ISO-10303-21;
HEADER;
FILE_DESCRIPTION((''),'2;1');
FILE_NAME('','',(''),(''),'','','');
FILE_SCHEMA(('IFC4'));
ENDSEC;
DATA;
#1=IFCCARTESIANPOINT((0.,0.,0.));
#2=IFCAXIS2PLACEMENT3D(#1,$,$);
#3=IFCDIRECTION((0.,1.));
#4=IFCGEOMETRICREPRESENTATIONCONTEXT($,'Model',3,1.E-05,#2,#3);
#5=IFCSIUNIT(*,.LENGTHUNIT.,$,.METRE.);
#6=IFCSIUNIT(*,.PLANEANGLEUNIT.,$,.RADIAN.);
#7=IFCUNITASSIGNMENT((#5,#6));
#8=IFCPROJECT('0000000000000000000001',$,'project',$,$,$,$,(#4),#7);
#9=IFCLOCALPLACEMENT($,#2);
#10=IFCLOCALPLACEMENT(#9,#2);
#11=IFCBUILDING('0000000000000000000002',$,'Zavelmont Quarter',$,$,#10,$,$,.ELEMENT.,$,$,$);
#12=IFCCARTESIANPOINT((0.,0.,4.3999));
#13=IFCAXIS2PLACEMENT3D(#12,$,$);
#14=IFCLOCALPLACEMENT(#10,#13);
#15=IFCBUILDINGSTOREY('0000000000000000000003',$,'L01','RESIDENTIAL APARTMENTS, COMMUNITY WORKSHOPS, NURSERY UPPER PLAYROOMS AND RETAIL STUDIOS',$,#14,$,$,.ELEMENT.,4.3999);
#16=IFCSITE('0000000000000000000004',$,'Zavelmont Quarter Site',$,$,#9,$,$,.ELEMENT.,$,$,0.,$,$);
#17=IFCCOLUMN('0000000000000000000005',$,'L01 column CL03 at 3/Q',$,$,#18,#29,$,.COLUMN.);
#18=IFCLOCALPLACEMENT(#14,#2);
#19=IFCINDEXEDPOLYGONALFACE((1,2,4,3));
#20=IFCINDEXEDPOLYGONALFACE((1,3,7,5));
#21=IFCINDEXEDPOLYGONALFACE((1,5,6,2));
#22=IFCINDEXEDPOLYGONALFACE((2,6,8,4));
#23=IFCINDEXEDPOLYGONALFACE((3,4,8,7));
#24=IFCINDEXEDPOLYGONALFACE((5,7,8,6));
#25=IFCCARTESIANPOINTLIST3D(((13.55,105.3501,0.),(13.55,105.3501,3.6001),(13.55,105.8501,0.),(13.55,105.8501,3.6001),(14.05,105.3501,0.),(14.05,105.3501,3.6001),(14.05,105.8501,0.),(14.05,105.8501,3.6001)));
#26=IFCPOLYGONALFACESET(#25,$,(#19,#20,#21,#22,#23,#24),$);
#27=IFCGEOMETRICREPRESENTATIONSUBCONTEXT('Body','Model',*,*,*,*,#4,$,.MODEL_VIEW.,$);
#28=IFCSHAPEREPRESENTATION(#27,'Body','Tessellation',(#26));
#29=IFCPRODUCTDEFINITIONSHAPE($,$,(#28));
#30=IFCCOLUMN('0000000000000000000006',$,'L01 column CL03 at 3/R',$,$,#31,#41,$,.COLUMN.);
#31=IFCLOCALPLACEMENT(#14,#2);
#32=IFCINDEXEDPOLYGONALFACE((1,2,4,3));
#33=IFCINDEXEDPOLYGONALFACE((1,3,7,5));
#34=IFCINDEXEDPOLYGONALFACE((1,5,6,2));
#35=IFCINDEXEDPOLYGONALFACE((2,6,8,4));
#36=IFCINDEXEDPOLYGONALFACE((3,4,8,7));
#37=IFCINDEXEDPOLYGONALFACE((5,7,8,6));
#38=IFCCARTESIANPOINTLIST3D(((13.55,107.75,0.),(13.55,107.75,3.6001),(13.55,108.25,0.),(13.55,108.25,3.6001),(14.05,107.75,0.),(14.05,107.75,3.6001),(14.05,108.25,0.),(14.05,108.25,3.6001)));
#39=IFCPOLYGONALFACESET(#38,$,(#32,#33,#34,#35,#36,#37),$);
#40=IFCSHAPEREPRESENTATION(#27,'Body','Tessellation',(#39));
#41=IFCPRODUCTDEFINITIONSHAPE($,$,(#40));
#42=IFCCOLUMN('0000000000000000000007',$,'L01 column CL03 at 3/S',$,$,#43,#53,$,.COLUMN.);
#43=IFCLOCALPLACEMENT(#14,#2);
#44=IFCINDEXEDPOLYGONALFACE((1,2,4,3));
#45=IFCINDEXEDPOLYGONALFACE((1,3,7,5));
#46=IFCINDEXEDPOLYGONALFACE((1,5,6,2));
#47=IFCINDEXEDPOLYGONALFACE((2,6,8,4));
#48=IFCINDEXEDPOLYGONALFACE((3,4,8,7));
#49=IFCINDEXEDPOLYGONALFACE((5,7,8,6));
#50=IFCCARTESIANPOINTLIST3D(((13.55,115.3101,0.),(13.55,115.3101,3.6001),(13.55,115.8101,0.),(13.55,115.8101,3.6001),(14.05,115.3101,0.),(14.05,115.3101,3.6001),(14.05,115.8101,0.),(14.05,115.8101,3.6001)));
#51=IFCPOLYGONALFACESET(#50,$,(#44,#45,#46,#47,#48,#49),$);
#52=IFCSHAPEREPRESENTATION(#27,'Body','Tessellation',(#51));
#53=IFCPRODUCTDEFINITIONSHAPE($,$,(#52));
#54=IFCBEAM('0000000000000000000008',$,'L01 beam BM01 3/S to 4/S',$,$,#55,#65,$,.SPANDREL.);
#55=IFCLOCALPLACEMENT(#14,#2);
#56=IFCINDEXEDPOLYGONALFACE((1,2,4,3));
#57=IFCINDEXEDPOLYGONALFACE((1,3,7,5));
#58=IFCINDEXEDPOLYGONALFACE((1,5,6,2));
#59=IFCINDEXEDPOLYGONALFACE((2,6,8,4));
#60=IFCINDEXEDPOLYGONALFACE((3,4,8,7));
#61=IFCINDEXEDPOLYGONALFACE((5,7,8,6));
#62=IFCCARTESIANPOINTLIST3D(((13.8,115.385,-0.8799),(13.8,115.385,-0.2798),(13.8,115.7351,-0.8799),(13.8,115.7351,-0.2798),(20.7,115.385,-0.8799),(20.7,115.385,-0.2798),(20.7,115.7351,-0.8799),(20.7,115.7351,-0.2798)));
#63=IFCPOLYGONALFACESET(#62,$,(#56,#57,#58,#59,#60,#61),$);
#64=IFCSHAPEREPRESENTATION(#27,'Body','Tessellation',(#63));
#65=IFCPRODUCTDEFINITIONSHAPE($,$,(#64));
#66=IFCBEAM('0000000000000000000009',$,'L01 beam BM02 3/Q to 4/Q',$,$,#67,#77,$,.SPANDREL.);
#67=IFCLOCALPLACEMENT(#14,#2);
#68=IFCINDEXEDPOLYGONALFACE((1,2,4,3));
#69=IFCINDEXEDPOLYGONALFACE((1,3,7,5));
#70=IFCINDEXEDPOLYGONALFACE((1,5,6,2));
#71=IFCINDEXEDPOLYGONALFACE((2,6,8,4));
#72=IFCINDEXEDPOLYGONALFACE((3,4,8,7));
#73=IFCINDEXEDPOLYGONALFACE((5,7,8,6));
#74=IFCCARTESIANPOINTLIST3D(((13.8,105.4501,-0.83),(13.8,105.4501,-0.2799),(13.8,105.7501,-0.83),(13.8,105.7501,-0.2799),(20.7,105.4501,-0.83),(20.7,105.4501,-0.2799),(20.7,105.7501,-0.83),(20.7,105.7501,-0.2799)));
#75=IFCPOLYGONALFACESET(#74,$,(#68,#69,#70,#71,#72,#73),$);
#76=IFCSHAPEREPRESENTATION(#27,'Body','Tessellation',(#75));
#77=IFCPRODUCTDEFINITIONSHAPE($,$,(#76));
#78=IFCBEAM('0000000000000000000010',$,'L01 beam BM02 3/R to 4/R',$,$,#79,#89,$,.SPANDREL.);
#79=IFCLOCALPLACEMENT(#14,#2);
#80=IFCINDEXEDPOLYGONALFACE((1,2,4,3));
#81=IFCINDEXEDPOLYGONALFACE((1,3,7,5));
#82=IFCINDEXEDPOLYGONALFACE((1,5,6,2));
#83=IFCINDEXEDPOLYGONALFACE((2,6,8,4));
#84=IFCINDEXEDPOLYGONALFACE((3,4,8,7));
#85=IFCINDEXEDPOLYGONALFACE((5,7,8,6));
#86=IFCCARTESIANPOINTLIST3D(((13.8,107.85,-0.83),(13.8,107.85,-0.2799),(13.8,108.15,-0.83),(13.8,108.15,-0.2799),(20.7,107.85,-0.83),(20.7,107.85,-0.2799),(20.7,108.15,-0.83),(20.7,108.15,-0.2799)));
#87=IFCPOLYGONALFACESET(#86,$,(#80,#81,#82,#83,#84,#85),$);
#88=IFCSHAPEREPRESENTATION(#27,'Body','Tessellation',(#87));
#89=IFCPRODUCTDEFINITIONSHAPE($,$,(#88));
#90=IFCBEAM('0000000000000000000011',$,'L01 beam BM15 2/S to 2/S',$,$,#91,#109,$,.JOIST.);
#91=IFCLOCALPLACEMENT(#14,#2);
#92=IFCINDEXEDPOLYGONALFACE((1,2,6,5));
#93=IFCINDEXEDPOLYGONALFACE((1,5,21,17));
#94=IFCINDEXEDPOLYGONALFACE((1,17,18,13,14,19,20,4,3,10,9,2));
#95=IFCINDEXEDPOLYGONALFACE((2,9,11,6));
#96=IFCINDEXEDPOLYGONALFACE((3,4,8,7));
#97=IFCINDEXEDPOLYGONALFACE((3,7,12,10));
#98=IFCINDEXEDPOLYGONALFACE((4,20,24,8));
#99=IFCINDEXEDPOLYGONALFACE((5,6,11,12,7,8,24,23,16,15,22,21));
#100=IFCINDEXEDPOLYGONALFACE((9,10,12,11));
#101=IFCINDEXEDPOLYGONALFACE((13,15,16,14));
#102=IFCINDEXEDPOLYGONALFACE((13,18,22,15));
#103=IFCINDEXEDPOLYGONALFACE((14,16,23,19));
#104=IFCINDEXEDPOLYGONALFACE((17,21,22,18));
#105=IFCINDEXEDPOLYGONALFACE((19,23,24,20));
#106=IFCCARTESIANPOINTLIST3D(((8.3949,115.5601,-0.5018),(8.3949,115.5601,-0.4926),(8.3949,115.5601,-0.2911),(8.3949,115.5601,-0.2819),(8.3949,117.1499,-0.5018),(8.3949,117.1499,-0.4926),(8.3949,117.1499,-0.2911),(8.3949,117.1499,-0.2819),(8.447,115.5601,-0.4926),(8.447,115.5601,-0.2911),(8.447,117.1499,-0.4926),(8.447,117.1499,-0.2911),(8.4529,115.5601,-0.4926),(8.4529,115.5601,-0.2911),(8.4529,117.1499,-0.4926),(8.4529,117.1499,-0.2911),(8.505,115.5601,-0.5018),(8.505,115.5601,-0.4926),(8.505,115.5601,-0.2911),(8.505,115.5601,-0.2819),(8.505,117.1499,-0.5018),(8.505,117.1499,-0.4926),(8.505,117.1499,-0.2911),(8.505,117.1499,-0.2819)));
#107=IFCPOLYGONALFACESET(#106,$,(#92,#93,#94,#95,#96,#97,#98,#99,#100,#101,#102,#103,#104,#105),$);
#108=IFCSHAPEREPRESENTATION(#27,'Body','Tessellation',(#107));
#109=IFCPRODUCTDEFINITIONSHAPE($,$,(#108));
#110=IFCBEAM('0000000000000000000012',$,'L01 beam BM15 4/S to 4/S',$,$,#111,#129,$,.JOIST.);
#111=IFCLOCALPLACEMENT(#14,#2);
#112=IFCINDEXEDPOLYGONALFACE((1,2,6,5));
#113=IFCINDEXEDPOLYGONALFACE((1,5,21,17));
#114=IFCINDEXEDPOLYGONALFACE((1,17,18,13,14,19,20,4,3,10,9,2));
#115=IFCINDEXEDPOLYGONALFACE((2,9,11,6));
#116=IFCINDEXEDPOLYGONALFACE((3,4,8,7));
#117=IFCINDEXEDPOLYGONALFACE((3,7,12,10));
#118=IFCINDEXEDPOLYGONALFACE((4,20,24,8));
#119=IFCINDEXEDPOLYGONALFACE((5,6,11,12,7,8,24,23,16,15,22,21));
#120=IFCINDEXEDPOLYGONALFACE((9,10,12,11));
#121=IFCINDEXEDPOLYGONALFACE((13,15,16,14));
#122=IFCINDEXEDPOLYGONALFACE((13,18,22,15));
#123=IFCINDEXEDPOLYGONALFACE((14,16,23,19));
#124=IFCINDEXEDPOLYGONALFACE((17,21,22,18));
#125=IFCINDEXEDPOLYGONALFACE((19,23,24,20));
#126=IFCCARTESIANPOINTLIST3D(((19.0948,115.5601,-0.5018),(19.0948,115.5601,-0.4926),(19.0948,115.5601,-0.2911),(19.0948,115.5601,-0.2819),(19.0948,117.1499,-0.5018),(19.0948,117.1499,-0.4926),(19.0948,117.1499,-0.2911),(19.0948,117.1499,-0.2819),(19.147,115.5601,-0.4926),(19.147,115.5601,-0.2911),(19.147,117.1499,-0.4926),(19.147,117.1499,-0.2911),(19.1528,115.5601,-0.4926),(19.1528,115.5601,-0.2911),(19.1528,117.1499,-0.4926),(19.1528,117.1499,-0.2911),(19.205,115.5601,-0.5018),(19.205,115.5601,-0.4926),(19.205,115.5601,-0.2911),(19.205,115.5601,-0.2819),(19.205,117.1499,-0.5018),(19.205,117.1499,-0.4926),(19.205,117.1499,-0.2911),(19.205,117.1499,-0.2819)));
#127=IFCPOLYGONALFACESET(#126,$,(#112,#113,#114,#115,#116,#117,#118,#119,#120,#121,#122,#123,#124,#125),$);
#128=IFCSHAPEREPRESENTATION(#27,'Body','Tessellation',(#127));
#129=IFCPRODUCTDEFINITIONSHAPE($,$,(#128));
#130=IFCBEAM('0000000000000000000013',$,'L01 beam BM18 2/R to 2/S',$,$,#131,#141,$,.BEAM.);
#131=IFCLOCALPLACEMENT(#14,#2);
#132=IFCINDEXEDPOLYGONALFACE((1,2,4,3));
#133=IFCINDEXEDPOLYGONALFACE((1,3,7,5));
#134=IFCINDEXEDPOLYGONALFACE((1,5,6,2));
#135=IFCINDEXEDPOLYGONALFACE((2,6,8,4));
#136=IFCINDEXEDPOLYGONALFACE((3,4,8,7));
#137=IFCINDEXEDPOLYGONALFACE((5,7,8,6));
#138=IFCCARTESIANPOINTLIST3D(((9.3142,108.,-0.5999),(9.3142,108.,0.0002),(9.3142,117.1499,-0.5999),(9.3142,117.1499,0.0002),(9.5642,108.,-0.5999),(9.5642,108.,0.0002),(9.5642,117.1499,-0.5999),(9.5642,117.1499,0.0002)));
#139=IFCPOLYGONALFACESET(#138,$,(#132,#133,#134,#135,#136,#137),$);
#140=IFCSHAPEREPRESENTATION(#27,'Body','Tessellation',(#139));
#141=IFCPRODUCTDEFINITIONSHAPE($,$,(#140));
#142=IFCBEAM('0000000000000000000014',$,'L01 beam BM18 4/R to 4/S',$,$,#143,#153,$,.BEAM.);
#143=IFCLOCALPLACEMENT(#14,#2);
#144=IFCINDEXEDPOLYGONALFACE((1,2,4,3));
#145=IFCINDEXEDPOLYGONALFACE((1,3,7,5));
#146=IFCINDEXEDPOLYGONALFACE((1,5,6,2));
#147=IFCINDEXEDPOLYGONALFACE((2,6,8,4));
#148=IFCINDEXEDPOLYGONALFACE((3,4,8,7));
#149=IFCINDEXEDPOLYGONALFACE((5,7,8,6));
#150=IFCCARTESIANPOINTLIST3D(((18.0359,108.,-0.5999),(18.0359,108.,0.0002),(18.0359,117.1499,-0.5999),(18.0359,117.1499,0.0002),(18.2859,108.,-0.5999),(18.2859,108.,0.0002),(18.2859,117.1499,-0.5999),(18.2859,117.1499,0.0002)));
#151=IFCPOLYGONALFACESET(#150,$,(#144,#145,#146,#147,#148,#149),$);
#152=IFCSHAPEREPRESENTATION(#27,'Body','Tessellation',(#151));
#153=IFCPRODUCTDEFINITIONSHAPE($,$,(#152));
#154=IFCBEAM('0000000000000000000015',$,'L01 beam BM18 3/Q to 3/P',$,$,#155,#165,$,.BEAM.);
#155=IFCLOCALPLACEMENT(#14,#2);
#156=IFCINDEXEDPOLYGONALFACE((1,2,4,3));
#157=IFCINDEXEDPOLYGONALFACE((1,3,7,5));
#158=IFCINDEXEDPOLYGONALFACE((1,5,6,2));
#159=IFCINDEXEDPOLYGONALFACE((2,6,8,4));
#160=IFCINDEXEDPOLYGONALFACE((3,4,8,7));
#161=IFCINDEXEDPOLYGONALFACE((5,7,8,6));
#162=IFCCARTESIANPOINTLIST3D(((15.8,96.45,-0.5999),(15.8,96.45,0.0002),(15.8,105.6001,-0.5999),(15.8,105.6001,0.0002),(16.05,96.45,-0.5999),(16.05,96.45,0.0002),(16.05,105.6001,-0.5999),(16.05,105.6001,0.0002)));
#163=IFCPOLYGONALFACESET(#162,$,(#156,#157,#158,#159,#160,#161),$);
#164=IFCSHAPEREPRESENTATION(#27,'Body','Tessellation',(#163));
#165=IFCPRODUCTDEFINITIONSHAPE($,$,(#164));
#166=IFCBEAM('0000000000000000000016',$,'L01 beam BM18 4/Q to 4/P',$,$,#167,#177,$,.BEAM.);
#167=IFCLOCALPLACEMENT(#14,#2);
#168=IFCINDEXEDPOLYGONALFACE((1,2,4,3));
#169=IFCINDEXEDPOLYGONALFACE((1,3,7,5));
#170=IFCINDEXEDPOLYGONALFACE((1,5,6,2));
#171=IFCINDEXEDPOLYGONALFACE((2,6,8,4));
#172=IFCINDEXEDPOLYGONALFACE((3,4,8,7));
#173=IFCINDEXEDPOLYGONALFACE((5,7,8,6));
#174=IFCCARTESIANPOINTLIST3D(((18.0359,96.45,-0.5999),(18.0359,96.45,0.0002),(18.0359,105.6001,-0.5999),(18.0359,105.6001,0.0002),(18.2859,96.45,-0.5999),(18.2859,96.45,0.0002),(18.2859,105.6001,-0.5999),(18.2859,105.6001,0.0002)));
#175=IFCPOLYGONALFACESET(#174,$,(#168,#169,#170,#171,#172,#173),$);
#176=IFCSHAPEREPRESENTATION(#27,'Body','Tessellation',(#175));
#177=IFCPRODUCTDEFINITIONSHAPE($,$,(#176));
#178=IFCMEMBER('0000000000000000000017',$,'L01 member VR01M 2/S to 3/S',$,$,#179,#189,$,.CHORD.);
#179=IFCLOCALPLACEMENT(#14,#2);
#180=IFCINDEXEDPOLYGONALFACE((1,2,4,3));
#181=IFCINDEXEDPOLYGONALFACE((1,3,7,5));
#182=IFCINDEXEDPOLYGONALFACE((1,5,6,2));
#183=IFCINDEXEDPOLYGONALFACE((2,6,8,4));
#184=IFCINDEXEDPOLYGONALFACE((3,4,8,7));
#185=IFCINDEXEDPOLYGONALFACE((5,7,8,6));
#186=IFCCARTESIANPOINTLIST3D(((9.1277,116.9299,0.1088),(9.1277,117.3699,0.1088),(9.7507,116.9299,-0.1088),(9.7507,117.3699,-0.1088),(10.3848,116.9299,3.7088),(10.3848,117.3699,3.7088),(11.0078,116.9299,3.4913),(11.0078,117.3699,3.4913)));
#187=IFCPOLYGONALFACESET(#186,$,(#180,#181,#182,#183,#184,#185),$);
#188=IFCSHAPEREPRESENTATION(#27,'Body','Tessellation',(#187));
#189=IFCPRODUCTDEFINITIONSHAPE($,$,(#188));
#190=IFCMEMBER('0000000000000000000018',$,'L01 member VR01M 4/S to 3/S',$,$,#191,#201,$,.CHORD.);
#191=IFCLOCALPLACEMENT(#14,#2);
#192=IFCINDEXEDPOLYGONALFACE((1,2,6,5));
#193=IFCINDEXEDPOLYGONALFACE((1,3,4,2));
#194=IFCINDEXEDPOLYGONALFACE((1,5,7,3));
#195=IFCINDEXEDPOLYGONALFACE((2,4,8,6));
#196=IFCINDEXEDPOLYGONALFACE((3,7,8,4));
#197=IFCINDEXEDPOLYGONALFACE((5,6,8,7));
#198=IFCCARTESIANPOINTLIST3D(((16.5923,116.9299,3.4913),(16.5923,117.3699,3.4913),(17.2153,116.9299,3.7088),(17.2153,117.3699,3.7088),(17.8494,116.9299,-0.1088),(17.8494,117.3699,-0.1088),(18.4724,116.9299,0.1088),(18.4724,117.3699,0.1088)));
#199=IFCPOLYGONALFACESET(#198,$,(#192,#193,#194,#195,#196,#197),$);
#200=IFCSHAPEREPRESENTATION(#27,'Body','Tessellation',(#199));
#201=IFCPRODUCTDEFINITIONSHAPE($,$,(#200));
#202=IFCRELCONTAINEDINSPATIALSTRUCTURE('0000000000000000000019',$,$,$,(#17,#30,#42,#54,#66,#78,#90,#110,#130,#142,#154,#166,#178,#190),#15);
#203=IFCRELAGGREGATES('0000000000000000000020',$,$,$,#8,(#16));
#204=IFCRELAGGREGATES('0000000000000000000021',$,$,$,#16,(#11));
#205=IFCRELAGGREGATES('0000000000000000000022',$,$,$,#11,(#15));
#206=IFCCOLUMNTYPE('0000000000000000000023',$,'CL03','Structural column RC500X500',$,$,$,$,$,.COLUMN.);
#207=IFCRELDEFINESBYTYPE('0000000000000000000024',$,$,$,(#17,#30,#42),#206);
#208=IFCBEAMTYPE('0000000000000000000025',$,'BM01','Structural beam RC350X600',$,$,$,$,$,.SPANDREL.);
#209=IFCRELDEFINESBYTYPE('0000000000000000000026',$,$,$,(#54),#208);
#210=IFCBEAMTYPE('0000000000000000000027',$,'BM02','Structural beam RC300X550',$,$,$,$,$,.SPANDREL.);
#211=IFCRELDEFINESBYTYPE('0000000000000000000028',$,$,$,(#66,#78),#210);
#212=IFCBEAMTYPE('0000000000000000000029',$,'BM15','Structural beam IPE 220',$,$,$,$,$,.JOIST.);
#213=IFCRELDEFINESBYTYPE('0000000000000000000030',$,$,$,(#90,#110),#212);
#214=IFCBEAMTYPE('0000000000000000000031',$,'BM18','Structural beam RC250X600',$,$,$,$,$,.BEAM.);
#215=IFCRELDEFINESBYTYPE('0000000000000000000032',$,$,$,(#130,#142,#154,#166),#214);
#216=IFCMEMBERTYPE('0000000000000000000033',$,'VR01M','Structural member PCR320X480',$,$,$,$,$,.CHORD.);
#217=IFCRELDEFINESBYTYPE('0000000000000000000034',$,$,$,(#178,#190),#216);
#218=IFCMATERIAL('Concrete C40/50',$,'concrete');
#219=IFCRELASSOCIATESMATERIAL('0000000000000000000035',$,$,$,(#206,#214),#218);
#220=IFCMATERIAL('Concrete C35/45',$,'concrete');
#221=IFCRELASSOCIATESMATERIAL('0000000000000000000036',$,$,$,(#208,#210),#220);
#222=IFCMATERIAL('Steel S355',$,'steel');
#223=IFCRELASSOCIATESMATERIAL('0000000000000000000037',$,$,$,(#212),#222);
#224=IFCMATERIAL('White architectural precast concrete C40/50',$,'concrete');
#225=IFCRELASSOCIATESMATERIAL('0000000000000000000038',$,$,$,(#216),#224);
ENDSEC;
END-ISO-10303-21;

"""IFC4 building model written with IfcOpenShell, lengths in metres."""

from ifc_helpers import new_model, si_unit, direction, frame, origin, origin_2d, place, context, subcontext, project, spatial, rectangle, i_section, extrude, material, material_profile, profile_set, type_object, element, save


model = new_model("IFC4")

# Units and contexts
model_context = context("Model", 3, precision=1e-05, world=origin(), true_north=direction((0.0, 1.0)))
body_context = subcontext(model_context, "Body", "Model", "MODEL_VIEW")
ifc_project = project(units=[si_unit("LENGTHUNIT", "METRE"), si_unit("PLANEANGLEUNIT", "RADIAN")], contexts=[model_context])

# Site, building, storey
site_placement = place(None, origin())
site = spatial("IfcSite", under=ifc_project, at=site_placement, Name="Zavelmont Quarter Site", CompositionType="ELEMENT", RefElevation=0.0)
building_placement = place(site_placement, origin())
building = spatial("IfcBuilding", under=site, at=building_placement, Name="Zavelmont Quarter", CompositionType="ELEMENT")
storey_placement = place(building_placement, frame((0.0, 0.0, 4.3999)))
storey = spatial("IfcBuildingStorey", under=building, at=storey_placement, Name="L01", Description="RESIDENTIAL APARTMENTS, COMMUNITY WORKSHOPS, NURSERY UPPER PLAYROOMS AND RETAIL STUDIOS", CompositionType="ELEMENT", Elevation=4.3999)

# Columns
ifc_material_1 = material(Name="Concrete C40/50", Category="concrete")
ifc_material_profile_1 = material_profile(ifc_material_1, rectangle(XDim=0.5, YDim=0.5, at=origin_2d()), Name="RC500X500")
ifc_profile_set_1 = profile_set([ifc_material_profile_1], Name="Concrete C40/50")
column_type = type_object("IfcColumnType", Name="CL03", Description="Structural column RC500X500", PredefinedType="COLUMN", material=ifc_profile_set_1)
for number, where, z_axis, x_axis, name in (
    (1, (13.8, 105.6001, 0.0), (0.0, 0.0, 1.0), (1.0, 0.0, 0.0), "L01 column CL03 at 3/Q"),
    (2, (13.8, 108.0, 0.0), (0.0, 0.0, 1.0), (1.0, 0.0, 0.0), "L01 column CL03 at 3/R"),
    (3, (13.8, 115.5601, 0.0), (0.0, 0.0, 1.0), (1.0, 0.0, 0.0), "L01 column CL03 at 3/S"),
):
    element("IfcColumn", number, at=place(storey_placement, frame(where, z_axis=z_axis, x_axis=x_axis)), inside=storey, type_object=column_type, Name=name, PredefinedType="COLUMN", context=body_context, shape_type="SweptSolid", body=[
        extrude(rectangle(XDim=0.5, YDim=0.5, at=origin_2d()), origin(), (0.0, 0.0, 1.0), 3.6001),
    ])

# Beams
ifc_material_2 = material(Name="Concrete C35/45", Category="concrete")
ifc_material_profile_2 = material_profile(ifc_material_2, rectangle(XDim=0.3501, YDim=0.6001, at=origin_2d()), Name="RC350X600")
ifc_profile_set_2 = profile_set([ifc_material_profile_2], Name="Concrete C35/45")
beam_type_1 = type_object("IfcBeamType", Name="BM01", Description="Structural beam RC350X600", PredefinedType="SPANDREL", material=ifc_profile_set_2)
beam_placement = place(storey_placement, frame((13.8, 115.5601, -0.5798), z_axis=(1.0, 0.0, 0.0), x_axis=(0.0, 1.0, 0.0)))
element("IfcBeam", 4, at=beam_placement, inside=storey, type_object=beam_type_1, Name="L01 beam BM01 3/S to 4/S", PredefinedType="SPANDREL", context=body_context, shape_type="SweptSolid", body=[
    extrude(rectangle(XDim=0.3501, YDim=0.6001, at=origin_2d()), origin(), (0.0, 0.0, 1.0), 6.8999),
])
ifc_material_profile_3 = material_profile(ifc_material_2, rectangle(XDim=0.3, YDim=0.55, at=origin_2d()), Name="RC300X550")
ifc_profile_set_3 = profile_set([ifc_material_profile_3], Name="Concrete C35/45")
beam_type_2 = type_object("IfcBeamType", Name="BM02", Description="Structural beam RC300X550", PredefinedType="SPANDREL", material=ifc_profile_set_3)
for number, where, z_axis, x_axis, name in (
    (5, (13.8, 105.6001, -0.5549), (1.0, 0.0, 0.0), (0.0, 1.0, 0.0), "L01 beam BM02 3/Q to 4/Q"),
    (6, (13.8, 108.0, -0.5549), (1.0, 0.0, 0.0), (0.0, 1.0, 0.0), "L01 beam BM02 3/R to 4/R"),
):
    element("IfcBeam", number, at=place(storey_placement, frame(where, z_axis=z_axis, x_axis=x_axis)), inside=storey, type_object=beam_type_2, Name=name, PredefinedType="SPANDREL", context=body_context, shape_type="SweptSolid", body=[
        extrude(rectangle(XDim=0.3, YDim=0.55, at=origin_2d()), origin(), (0.0, 0.0, 1.0), 6.8999),
    ])
ifc_material_3 = material(Name="Steel S355", Category="steel")
ifc_material_profile_4 = material_profile(ifc_material_3, i_section(OverallWidth=0.1101, OverallDepth=0.22, WebThickness=0.0059, FlangeThickness=0.0093, at=origin_2d()), Name="IPE 220")
ifc_profile_set_4 = profile_set([ifc_material_profile_4], Name="Steel S355")
beam_type_3 = type_object("IfcBeamType", Name="BM15", Description="Structural beam IPE 220", PredefinedType="JOIST", material=ifc_profile_set_4)
for number, where, z_axis, x_axis, name in (
    (7, (8.45, 115.5601, -0.3918), (0.0, 1.0, 0.0), (-1.0, 0.0, 0.0), "L01 beam BM15 2/S to 2/S"),
    (8, (19.1499, 115.5601, -0.3918), (0.0, 1.0, 0.0), (-1.0, 0.0, 0.0), "L01 beam BM15 4/S to 4/S"),
):
    element("IfcBeam", number, at=place(storey_placement, frame(where, z_axis=z_axis, x_axis=x_axis)), inside=storey, type_object=beam_type_3, Name=name, PredefinedType="JOIST", context=body_context, shape_type="SweptSolid", body=[
        extrude(i_section(OverallWidth=0.1101, OverallDepth=0.22, WebThickness=0.0059, FlangeThickness=0.0093, at=origin_2d()), origin(), (0.0, 0.0, 1.0), 1.5898),
    ])
ifc_material_profile_5 = material_profile(ifc_material_1, rectangle(XDim=0.25, YDim=0.6001, at=origin_2d()), Name="RC250X600")
ifc_profile_set_5 = profile_set([ifc_material_profile_5], Name="Concrete C40/50")
beam_type_4 = type_object("IfcBeamType", Name="BM18", Description="Structural beam RC250X600", PredefinedType="BEAM", material=ifc_profile_set_5)
for number, where, z_axis, x_axis, name in (
    (9, (9.4392, 108.0, -0.2998), (0.0, 1.0, 0.0), (-1.0, 0.0, 0.0), "L01 beam BM18 2/R to 2/S"),
    (10, (18.1609, 108.0, -0.2998), (0.0, 1.0, 0.0), (-1.0, 0.0, 0.0), "L01 beam BM18 4/R to 4/S"),
):
    element("IfcBeam", number, at=place(storey_placement, frame(where, z_axis=z_axis, x_axis=x_axis)), inside=storey, type_object=beam_type_4, Name=name, PredefinedType="BEAM", context=body_context, shape_type="SweptSolid", body=[
        extrude(rectangle(XDim=0.25, YDim=0.6001, at=origin_2d()), origin(), (0.0, 0.0, 1.0), 9.1499),
    ])
for number, where, z_axis, x_axis, name in (
    (11, (15.925, 105.6001, -0.2998), (0.0, -1.0, 0.0), (1.0, 0.0, 0.0), "L01 beam BM18 3/Q to 3/P"),
    (12, (18.1609, 105.6001, -0.2998), (0.0, -1.0, 0.0), (1.0, 0.0, 0.0), "L01 beam BM18 4/Q to 4/P"),
):
    element("IfcBeam", number, at=place(storey_placement, frame(where, z_axis=z_axis, x_axis=x_axis)), inside=storey, type_object=beam_type_4, Name=name, PredefinedType="BEAM", context=body_context, shape_type="SweptSolid", body=[
        extrude(rectangle(XDim=0.25, YDim=0.6001, at=origin_2d()), origin(), (0.0, 0.0, 1.0), 9.1501),
    ])

# Members
ifc_material_4 = material(Name="White architectural precast concrete C40/50", Category="concrete")
ifc_material_profile_6 = material_profile(ifc_material_4, rectangle(XDim=0.4399, YDim=0.6599, at=origin_2d()), Name="PCR320X480")
ifc_profile_set_6 = profile_set([ifc_material_profile_6], Name="White architectural precast concrete C40/50")
member_type = type_object("IfcMemberType", Name="VR01M", Description="Structural member PCR320X480", PredefinedType="CHORD", material=ifc_profile_set_6)
for number, where, z_axis, x_axis, name in (
    (13, (9.4392, 117.1499, 0.0), (0.32966, 0.0, 0.9441), (0.0, 1.0, 0.0), "L01 member VR01M 2/S to 3/S"),
    (14, (18.1609, 117.1499, 0.0), (-0.32966, 0.0, 0.9441), (0.0, -1.0, 0.0), "L01 member VR01M 4/S to 3/S"),
):
    element("IfcMember", number, at=place(storey_placement, frame(where, z_axis=z_axis, x_axis=x_axis)), inside=storey, type_object=member_type, Name=name, PredefinedType="CHORD", context=body_context, shape_type="SweptSolid", body=[
        extrude(rectangle(XDim=0.4399, YDim=0.6599, at=origin_2d()), origin(), (0.0, 0.0, 1.0), 3.8132),
    ])

save(model, "model.ifc")
